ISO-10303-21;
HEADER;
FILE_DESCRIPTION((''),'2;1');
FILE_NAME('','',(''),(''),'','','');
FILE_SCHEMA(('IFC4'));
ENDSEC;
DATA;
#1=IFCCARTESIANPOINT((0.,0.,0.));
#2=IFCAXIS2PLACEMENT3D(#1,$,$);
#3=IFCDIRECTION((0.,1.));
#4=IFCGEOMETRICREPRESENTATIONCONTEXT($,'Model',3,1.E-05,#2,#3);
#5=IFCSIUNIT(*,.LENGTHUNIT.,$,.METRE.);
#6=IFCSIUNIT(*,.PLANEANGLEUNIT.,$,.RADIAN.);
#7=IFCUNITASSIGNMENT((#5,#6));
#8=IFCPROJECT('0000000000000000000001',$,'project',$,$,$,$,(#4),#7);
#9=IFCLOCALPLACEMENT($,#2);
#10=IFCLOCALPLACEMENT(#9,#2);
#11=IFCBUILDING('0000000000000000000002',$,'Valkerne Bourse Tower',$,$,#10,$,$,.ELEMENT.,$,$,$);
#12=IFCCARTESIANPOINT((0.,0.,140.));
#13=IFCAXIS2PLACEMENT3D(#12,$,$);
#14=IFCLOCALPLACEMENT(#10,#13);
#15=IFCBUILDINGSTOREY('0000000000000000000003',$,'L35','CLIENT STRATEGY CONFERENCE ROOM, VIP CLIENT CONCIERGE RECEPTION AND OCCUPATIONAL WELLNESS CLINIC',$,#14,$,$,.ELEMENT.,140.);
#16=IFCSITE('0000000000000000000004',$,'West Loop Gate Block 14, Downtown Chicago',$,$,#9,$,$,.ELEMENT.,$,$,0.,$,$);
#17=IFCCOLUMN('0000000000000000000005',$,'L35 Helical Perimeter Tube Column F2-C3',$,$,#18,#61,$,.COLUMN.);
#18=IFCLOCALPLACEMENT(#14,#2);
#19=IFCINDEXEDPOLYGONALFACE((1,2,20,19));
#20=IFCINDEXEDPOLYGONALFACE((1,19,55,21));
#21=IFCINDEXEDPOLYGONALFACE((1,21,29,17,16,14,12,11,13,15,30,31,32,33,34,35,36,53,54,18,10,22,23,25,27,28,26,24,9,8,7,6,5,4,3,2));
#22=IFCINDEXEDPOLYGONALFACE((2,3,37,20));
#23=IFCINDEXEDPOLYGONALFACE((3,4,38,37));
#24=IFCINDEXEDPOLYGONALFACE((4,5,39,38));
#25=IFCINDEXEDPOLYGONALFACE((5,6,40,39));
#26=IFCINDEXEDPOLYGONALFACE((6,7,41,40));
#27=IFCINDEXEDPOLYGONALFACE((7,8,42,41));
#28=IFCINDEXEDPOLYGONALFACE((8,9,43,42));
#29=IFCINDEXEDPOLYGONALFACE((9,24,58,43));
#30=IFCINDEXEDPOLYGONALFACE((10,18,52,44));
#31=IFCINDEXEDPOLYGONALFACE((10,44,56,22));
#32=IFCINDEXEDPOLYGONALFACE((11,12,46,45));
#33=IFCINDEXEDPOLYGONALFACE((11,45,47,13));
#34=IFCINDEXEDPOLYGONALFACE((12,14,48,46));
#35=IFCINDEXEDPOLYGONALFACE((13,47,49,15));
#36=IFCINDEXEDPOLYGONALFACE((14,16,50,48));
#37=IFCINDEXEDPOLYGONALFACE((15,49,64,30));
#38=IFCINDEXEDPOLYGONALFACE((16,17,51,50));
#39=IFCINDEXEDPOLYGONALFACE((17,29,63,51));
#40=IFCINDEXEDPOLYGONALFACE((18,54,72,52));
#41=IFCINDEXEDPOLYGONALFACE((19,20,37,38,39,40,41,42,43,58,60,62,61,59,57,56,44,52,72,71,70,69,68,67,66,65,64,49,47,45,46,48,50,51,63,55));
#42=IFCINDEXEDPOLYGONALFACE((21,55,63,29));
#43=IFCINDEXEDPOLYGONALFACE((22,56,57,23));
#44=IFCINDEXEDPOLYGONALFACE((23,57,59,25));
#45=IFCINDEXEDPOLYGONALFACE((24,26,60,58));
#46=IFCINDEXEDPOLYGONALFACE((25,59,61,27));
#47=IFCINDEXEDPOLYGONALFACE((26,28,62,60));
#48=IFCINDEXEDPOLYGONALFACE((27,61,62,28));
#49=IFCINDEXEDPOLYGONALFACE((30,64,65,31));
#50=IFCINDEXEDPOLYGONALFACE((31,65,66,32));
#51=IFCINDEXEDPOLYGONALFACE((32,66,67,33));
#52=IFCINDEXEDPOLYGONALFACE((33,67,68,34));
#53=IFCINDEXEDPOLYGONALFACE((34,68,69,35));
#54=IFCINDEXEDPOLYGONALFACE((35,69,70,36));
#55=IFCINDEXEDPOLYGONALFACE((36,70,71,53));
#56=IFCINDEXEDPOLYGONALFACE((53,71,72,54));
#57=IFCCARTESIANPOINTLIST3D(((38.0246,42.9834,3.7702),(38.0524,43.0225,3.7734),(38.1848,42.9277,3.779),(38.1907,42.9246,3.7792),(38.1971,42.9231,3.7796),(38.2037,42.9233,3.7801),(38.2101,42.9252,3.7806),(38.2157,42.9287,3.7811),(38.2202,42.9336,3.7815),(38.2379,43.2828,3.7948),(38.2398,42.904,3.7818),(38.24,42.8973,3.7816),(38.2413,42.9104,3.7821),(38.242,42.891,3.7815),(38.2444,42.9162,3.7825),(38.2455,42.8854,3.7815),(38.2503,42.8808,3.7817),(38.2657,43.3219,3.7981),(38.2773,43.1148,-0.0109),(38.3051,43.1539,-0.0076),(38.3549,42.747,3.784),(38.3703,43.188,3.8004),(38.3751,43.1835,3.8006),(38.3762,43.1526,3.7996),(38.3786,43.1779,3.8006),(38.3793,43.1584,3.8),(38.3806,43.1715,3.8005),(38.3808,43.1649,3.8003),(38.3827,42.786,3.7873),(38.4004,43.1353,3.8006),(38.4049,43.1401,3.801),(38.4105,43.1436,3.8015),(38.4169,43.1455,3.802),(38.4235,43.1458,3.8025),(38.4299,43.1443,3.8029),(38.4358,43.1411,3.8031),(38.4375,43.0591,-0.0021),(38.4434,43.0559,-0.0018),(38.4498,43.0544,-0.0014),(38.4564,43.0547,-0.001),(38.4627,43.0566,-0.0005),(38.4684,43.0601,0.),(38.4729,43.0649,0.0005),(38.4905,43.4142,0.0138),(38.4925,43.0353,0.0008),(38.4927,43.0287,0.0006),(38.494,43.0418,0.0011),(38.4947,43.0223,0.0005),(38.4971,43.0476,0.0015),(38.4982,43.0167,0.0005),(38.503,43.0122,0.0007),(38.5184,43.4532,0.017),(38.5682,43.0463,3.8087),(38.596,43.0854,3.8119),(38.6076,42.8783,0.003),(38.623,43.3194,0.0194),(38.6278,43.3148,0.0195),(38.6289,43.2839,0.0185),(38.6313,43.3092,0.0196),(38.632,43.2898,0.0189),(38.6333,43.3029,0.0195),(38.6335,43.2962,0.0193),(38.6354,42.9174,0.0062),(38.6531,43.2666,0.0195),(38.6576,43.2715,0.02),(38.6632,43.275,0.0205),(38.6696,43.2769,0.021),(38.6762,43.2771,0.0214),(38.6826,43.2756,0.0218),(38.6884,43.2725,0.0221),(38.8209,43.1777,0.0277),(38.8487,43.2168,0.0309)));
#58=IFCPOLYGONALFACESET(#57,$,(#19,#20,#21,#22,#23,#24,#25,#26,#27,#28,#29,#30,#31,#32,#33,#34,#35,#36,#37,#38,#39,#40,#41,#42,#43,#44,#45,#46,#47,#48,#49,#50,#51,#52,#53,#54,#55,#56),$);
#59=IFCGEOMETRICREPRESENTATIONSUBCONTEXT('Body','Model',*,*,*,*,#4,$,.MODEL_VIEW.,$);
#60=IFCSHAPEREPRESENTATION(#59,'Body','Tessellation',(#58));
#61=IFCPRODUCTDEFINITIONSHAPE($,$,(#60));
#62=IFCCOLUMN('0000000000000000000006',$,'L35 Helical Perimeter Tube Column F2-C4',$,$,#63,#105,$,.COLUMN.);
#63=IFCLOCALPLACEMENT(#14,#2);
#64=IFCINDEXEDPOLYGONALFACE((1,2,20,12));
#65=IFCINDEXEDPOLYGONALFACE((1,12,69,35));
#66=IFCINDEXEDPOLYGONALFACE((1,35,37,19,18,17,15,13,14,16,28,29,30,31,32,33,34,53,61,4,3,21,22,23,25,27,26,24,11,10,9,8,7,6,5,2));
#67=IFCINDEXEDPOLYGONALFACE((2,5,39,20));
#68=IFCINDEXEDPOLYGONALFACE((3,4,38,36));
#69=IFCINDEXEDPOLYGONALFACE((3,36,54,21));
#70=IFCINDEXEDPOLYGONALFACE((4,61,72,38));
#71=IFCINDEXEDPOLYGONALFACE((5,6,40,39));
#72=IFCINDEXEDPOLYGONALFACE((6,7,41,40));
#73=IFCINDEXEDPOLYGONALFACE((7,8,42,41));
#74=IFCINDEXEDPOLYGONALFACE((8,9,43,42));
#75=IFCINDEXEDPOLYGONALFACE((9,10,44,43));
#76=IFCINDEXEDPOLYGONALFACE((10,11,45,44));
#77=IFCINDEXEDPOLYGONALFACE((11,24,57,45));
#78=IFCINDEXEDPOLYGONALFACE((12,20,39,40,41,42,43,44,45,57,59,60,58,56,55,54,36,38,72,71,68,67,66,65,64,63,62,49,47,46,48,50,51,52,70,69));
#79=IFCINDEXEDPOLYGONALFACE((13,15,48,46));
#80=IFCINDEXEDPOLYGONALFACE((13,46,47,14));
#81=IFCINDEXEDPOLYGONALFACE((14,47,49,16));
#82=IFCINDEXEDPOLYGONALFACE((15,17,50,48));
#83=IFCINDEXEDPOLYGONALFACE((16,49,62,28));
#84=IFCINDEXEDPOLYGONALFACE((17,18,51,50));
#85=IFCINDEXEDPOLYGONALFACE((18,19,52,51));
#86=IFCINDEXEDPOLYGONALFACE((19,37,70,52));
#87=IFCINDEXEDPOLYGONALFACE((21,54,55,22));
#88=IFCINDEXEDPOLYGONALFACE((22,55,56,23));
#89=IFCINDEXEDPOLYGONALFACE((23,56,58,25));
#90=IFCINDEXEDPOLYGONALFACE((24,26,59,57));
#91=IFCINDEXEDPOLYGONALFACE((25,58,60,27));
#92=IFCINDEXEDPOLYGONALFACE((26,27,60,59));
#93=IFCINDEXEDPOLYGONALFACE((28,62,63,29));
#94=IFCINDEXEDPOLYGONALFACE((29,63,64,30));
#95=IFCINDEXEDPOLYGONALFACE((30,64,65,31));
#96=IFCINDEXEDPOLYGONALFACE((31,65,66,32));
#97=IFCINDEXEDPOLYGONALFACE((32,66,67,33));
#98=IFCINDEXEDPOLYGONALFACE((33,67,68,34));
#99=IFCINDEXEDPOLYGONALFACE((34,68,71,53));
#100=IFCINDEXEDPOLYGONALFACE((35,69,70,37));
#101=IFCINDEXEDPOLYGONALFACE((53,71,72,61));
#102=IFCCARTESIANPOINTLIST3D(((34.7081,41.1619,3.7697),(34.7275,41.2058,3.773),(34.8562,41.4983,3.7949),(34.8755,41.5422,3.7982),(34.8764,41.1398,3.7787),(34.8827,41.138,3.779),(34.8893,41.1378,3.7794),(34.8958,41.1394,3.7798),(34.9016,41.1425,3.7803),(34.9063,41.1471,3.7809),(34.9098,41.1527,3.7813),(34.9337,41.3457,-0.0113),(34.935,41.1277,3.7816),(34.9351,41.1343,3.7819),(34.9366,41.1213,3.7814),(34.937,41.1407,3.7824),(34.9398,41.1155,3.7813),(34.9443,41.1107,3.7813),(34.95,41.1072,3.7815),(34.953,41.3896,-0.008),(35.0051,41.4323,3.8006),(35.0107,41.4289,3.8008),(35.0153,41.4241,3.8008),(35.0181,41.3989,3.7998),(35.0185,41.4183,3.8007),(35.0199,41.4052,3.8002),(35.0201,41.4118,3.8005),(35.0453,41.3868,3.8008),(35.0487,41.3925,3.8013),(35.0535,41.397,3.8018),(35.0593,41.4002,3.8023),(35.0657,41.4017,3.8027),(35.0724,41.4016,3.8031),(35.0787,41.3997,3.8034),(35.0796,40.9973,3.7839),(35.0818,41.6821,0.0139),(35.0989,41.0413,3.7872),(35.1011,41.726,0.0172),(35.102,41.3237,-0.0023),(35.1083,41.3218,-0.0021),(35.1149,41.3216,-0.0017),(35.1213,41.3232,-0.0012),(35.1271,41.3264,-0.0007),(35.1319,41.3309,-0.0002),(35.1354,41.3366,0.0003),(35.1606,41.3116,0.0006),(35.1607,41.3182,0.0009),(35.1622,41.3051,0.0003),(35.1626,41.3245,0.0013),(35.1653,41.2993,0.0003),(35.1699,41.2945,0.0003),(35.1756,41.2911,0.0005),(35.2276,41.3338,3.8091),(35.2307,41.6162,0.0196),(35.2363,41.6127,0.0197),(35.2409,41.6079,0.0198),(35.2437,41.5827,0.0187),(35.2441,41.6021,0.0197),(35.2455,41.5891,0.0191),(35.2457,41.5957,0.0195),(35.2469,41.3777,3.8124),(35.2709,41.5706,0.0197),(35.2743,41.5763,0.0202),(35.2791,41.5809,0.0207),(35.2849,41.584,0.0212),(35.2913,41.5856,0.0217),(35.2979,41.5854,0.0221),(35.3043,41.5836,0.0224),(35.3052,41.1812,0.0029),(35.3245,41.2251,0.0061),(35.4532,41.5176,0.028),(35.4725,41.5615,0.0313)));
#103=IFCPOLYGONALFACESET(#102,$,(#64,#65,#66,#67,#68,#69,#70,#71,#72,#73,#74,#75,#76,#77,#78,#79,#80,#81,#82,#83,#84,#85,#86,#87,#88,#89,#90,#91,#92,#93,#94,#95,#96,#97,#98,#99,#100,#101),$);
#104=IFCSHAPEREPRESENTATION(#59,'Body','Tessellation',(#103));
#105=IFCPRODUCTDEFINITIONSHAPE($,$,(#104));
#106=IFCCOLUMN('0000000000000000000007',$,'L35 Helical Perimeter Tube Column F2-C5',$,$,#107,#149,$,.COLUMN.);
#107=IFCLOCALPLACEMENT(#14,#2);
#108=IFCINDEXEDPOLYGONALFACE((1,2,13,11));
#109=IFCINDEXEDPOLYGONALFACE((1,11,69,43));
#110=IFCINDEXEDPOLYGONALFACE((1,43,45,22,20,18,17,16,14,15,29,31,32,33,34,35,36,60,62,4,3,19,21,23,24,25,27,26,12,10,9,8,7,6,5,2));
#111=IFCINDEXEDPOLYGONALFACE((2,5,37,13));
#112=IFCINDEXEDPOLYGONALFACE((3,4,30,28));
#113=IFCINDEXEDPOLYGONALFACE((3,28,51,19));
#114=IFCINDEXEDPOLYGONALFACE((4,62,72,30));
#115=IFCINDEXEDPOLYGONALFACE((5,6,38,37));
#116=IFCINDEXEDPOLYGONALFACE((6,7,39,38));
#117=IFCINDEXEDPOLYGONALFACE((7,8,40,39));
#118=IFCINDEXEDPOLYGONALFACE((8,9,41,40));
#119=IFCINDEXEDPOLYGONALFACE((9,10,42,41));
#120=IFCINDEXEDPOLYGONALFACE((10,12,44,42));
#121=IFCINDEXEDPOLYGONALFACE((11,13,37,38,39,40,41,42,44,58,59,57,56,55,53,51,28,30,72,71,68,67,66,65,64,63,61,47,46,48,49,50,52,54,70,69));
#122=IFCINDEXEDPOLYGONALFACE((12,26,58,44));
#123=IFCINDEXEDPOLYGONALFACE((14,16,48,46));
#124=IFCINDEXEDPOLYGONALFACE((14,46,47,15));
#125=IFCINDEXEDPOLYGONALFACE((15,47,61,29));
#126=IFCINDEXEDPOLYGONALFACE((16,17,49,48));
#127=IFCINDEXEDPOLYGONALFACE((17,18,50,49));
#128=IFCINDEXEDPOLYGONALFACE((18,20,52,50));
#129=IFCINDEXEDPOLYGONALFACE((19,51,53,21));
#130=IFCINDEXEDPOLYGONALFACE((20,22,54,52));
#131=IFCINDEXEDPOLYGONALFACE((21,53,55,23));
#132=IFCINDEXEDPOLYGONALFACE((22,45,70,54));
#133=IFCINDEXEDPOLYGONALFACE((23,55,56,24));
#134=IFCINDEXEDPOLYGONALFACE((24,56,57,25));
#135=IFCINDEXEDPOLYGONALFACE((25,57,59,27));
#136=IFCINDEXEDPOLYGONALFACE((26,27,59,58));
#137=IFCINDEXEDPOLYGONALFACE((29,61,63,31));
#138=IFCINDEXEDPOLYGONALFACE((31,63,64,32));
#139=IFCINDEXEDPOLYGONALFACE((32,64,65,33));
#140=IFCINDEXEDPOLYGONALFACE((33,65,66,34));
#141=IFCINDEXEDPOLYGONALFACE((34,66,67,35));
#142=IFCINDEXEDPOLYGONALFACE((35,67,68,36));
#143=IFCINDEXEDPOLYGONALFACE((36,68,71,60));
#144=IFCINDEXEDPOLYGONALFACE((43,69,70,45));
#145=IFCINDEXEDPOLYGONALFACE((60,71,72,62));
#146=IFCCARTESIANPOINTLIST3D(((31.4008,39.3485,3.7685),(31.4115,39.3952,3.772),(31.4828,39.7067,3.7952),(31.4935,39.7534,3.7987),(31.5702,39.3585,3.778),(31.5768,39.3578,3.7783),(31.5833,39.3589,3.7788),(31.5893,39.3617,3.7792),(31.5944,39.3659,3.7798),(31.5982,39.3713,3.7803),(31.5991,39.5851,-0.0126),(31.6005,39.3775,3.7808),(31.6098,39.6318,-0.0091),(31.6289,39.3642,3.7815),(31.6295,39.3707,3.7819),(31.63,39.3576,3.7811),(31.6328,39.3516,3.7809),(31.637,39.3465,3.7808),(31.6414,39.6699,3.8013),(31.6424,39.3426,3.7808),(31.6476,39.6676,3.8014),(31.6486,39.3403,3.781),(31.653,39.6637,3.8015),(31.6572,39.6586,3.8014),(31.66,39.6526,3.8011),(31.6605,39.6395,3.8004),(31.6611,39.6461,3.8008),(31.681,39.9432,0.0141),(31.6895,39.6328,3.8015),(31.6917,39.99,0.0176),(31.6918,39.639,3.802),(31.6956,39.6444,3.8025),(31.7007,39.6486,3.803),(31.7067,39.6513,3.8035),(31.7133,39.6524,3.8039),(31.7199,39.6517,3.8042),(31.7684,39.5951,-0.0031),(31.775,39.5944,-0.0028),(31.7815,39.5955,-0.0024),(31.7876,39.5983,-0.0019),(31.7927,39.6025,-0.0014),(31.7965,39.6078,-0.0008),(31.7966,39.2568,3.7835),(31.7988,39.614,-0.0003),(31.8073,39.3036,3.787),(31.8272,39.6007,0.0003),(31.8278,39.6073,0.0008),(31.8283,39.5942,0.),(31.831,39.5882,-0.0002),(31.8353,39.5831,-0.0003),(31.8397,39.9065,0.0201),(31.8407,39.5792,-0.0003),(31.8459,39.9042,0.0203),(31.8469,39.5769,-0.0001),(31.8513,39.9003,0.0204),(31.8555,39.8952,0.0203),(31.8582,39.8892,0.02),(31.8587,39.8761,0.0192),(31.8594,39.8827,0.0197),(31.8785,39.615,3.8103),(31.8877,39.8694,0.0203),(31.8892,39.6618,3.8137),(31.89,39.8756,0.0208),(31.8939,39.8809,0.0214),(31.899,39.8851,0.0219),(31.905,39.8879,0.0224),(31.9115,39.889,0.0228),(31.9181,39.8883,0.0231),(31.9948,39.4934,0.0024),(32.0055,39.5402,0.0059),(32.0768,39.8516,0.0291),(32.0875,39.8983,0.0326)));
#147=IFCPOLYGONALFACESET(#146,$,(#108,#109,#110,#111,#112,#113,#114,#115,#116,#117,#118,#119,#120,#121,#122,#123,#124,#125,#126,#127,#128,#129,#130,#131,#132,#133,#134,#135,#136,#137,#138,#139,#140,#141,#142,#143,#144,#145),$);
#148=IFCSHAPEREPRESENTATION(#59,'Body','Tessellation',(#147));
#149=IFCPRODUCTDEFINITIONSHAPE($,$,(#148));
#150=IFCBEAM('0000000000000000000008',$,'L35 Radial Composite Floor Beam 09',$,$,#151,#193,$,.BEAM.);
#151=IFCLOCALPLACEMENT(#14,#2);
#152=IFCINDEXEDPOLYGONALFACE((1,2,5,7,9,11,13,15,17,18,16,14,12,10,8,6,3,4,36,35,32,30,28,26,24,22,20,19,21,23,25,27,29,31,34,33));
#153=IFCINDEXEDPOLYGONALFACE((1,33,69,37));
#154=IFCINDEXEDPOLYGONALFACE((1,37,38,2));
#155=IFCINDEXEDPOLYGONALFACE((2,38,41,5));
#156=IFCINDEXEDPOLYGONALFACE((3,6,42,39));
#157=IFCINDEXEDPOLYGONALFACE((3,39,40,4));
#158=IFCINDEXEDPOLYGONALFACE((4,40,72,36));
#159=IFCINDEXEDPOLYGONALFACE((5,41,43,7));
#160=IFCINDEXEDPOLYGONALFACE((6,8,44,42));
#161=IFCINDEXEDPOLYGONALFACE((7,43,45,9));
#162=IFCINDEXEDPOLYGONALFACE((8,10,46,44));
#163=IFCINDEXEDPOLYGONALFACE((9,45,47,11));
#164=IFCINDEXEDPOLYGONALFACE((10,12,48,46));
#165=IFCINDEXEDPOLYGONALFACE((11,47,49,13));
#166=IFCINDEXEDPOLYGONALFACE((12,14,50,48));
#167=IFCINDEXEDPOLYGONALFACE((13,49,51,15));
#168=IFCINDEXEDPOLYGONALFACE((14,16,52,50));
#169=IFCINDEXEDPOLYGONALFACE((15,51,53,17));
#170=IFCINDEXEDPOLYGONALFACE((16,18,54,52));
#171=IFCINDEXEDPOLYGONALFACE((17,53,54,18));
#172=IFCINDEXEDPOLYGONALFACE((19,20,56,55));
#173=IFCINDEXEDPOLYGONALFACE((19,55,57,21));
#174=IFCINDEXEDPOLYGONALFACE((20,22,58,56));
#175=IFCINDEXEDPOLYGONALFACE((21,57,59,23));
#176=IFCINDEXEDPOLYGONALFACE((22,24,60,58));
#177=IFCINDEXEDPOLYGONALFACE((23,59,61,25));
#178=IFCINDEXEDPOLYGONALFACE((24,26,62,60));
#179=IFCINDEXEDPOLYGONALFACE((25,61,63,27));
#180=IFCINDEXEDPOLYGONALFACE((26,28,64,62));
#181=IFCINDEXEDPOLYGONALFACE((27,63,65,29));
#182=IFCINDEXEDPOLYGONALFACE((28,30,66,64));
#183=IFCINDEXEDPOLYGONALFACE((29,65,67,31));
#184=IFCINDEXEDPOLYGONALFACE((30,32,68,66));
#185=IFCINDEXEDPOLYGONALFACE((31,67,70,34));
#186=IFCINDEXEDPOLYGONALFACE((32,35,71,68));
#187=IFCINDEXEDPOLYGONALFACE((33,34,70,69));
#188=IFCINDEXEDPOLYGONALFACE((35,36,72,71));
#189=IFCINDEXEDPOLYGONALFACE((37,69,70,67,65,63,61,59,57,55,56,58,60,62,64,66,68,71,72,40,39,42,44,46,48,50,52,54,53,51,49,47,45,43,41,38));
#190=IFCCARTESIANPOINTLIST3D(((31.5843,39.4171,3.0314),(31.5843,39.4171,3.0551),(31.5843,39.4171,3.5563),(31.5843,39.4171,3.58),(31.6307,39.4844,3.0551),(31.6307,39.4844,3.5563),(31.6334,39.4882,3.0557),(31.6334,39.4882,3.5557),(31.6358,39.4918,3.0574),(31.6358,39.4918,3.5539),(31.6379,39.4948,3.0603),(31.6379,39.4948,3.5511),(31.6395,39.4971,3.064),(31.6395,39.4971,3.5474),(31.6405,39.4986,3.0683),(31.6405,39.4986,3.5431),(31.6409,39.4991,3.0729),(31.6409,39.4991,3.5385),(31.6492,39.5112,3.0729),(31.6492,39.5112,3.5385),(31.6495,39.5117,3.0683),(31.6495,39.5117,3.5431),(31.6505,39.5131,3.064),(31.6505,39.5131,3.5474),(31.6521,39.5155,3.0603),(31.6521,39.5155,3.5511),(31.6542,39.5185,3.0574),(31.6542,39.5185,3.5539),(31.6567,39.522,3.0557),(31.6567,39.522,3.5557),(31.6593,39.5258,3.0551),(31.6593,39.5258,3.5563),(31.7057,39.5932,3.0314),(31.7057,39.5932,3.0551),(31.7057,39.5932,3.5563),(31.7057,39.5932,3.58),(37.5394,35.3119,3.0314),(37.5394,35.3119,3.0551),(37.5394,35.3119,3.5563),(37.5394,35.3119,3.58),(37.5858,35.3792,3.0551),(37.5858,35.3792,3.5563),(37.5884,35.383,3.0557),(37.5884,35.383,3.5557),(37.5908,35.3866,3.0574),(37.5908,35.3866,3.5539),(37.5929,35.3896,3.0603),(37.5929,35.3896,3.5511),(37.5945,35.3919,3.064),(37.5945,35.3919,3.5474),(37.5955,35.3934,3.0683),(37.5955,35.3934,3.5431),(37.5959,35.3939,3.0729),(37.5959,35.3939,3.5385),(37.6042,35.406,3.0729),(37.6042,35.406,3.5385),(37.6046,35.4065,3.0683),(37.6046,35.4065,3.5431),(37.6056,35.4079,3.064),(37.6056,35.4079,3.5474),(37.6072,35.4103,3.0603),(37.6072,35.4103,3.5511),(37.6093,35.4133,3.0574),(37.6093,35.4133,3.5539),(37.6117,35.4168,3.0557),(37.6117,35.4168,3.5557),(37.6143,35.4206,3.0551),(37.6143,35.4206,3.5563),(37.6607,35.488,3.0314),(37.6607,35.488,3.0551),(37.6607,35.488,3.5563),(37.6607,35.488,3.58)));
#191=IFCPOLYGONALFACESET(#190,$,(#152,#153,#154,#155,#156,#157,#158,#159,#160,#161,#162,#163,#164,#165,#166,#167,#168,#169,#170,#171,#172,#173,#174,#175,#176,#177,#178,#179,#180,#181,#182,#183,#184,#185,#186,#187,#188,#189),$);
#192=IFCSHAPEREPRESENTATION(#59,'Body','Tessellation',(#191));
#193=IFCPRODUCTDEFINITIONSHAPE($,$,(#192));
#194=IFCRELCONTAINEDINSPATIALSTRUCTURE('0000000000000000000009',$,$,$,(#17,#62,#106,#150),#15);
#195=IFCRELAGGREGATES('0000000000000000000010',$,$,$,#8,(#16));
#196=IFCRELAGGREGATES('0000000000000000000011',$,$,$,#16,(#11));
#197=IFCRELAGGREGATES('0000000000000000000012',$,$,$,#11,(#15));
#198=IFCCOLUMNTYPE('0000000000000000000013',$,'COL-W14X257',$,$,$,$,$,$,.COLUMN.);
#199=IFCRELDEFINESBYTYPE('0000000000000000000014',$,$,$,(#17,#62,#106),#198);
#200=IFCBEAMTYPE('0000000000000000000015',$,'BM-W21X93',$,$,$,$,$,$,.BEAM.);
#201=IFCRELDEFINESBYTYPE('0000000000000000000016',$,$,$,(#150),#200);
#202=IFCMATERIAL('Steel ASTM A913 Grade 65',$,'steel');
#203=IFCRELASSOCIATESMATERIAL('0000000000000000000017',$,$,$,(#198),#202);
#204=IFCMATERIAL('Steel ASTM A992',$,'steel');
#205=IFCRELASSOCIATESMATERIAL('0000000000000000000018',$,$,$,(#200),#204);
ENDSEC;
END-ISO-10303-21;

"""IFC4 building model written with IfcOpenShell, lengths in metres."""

from ifc_helpers import new_model, si_unit, direction, frame, origin, origin_2d, place, context, subcontext, project, spatial, i_section, extrude, material, material_profile, profile_set, type_object, element, save


model = new_model("IFC4")

# Units and contexts
model_context = context("Model", 3, precision=1e-05, world=origin(), true_north=direction((0.0, 1.0)))
body_context = subcontext(model_context, "Body", "Model", "MODEL_VIEW")
ifc_project = project(units=[si_unit("LENGTHUNIT", "METRE"), si_unit("PLANEANGLEUNIT", "RADIAN")], contexts=[model_context])

# Site, building, storey
site_placement = place(None, origin())
site = spatial("IfcSite", under=ifc_project, at=site_placement, Name="West Loop Gate Block 14, Downtown Chicago", CompositionType="ELEMENT", RefElevation=0.0)
building_placement = place(site_placement, origin())
building = spatial("IfcBuilding", under=site, at=building_placement, Name="Valkerne Bourse Tower", CompositionType="ELEMENT")
storey_placement = place(building_placement, frame((0.0, 0.0, 140.0)))
storey = spatial("IfcBuildingStorey", under=building, at=storey_placement, Name="L35", Description="CLIENT STRATEGY CONFERENCE ROOM, VIP CLIENT CONCIERGE RECEPTION AND OCCUPATIONAL WELLNESS CLINIC", CompositionType="ELEMENT", Elevation=140.0)

# Columns
ifc_material_1 = material(Name="Steel ASTM A913 Grade 65", Category="steel")
ifc_material_profile_1 = material_profile(ifc_material_1, i_section(OverallWidth=0.4065, OverallDepth=0.4165, WebThickness=0.0298, FlangeThickness=0.0481, FilletRadius=0.0254, at=origin_2d()), Name="W14X257")
ifc_profile_set_1 = profile_set([ifc_material_profile_1], Name="Steel ASTM A913 Grade 65")
column_type = type_object("IfcColumnType", Name="COL-W14X257", PredefinedType="COLUMN", material=ifc_profile_set_1)
column_1_placement = place(storey_placement, frame((38.563, 43.1658, 0.01), z_axis=(-0.066641, -0.034641, 0.997175), x_axis=(-0.81263, 0.581781, -0.034098)))
element("IfcColumn", 1, at=column_1_placement, inside=storey, type_object=column_type, Name="L35 Helical Perimeter Tube Column F2-C3", PredefinedType="COLUMN", context=body_context, shape_type="SweptSolid", body=[
    extrude(i_section(OverallWidth=0.4065, OverallDepth=0.4165, WebThickness=0.0298, FlangeThickness=0.0481, FilletRadius=0.0254, at=origin_2d()), origin(), (0.0, 0.0, 1.0), 3.7917),
])
column_2_placement = place(storey_placement, frame((35.2031, 41.4536, 0.01), z_axis=(-0.059487, -0.048478, 0.997051), x_axis=(-0.913765, 0.404746, -0.034839)))
element("IfcColumn", 2, at=column_2_placement, inside=storey, type_object=column_type, Name="L35 Helical Perimeter Tube Column F2-C4", PredefinedType="COLUMN", context=body_context, shape_type="SweptSolid", body=[
    extrude(i_section(OverallWidth=0.4065, OverallDepth=0.4165, WebThickness=0.0298, FlangeThickness=0.0481, FilletRadius=0.0254, at=origin_2d()), origin(), (0.0, 0.0, 1.0), 3.7922),
])
column_3_placement = place(storey_placement, frame((31.8433, 39.7417, 0.01), z_axis=(-0.052257, -0.062361, 0.996685), x_axis=(-0.973551, 0.225463, -0.036937)))
element("IfcColumn", 3, at=column_3_placement, inside=storey, type_object=column_type, Name="L35 Helical Perimeter Tube Column F2-C5", PredefinedType="COLUMN", context=body_context, shape_type="SweptSolid", body=[
    extrude(i_section(OverallWidth=0.4065, OverallDepth=0.4165, WebThickness=0.0298, FlangeThickness=0.0481, FilletRadius=0.0254, at=origin_2d()), origin(), (0.0, 0.0, 1.0), 3.7937),
])

# Beam
ifc_material_2 = material(Name="Steel ASTM A992", Category="steel")
ifc_material_profile_2 = material_profile(ifc_material_2, i_section(OverallWidth=0.2139, OverallDepth=0.5486, WebThickness=0.0146, FlangeThickness=0.0237, FilletRadius=0.0178, at=origin_2d()), Name="W21X93")
ifc_profile_set_2 = profile_set([ifc_material_profile_2], Name="Steel ASTM A992")
beam_type_1 = type_object("IfcBeamType", Name="BM-W21X93", PredefinedType="BEAM", material=ifc_profile_set_2)
beam_1_placement = place(storey_placement, frame((31.645, 39.5051, 3.3057), z_axis=(0.823324, -0.567571, 0.0), x_axis=(0.567571, 0.823324, 0.0)))
element("IfcBeam", 4, at=beam_1_placement, inside=storey, type_object=beam_type_1, Name="L35 Radial Composite Floor Beam 09", PredefinedType="BEAM", context=body_context, shape_type="SweptSolid", body=[
    extrude(i_section(OverallWidth=0.2139, OverallDepth=0.5486, WebThickness=0.0146, FlangeThickness=0.0237, FilletRadius=0.0178, at=origin_2d()), origin(), (0.0, 0.0, 1.0), 7.2329),
])

save(model, "model.ifc")
